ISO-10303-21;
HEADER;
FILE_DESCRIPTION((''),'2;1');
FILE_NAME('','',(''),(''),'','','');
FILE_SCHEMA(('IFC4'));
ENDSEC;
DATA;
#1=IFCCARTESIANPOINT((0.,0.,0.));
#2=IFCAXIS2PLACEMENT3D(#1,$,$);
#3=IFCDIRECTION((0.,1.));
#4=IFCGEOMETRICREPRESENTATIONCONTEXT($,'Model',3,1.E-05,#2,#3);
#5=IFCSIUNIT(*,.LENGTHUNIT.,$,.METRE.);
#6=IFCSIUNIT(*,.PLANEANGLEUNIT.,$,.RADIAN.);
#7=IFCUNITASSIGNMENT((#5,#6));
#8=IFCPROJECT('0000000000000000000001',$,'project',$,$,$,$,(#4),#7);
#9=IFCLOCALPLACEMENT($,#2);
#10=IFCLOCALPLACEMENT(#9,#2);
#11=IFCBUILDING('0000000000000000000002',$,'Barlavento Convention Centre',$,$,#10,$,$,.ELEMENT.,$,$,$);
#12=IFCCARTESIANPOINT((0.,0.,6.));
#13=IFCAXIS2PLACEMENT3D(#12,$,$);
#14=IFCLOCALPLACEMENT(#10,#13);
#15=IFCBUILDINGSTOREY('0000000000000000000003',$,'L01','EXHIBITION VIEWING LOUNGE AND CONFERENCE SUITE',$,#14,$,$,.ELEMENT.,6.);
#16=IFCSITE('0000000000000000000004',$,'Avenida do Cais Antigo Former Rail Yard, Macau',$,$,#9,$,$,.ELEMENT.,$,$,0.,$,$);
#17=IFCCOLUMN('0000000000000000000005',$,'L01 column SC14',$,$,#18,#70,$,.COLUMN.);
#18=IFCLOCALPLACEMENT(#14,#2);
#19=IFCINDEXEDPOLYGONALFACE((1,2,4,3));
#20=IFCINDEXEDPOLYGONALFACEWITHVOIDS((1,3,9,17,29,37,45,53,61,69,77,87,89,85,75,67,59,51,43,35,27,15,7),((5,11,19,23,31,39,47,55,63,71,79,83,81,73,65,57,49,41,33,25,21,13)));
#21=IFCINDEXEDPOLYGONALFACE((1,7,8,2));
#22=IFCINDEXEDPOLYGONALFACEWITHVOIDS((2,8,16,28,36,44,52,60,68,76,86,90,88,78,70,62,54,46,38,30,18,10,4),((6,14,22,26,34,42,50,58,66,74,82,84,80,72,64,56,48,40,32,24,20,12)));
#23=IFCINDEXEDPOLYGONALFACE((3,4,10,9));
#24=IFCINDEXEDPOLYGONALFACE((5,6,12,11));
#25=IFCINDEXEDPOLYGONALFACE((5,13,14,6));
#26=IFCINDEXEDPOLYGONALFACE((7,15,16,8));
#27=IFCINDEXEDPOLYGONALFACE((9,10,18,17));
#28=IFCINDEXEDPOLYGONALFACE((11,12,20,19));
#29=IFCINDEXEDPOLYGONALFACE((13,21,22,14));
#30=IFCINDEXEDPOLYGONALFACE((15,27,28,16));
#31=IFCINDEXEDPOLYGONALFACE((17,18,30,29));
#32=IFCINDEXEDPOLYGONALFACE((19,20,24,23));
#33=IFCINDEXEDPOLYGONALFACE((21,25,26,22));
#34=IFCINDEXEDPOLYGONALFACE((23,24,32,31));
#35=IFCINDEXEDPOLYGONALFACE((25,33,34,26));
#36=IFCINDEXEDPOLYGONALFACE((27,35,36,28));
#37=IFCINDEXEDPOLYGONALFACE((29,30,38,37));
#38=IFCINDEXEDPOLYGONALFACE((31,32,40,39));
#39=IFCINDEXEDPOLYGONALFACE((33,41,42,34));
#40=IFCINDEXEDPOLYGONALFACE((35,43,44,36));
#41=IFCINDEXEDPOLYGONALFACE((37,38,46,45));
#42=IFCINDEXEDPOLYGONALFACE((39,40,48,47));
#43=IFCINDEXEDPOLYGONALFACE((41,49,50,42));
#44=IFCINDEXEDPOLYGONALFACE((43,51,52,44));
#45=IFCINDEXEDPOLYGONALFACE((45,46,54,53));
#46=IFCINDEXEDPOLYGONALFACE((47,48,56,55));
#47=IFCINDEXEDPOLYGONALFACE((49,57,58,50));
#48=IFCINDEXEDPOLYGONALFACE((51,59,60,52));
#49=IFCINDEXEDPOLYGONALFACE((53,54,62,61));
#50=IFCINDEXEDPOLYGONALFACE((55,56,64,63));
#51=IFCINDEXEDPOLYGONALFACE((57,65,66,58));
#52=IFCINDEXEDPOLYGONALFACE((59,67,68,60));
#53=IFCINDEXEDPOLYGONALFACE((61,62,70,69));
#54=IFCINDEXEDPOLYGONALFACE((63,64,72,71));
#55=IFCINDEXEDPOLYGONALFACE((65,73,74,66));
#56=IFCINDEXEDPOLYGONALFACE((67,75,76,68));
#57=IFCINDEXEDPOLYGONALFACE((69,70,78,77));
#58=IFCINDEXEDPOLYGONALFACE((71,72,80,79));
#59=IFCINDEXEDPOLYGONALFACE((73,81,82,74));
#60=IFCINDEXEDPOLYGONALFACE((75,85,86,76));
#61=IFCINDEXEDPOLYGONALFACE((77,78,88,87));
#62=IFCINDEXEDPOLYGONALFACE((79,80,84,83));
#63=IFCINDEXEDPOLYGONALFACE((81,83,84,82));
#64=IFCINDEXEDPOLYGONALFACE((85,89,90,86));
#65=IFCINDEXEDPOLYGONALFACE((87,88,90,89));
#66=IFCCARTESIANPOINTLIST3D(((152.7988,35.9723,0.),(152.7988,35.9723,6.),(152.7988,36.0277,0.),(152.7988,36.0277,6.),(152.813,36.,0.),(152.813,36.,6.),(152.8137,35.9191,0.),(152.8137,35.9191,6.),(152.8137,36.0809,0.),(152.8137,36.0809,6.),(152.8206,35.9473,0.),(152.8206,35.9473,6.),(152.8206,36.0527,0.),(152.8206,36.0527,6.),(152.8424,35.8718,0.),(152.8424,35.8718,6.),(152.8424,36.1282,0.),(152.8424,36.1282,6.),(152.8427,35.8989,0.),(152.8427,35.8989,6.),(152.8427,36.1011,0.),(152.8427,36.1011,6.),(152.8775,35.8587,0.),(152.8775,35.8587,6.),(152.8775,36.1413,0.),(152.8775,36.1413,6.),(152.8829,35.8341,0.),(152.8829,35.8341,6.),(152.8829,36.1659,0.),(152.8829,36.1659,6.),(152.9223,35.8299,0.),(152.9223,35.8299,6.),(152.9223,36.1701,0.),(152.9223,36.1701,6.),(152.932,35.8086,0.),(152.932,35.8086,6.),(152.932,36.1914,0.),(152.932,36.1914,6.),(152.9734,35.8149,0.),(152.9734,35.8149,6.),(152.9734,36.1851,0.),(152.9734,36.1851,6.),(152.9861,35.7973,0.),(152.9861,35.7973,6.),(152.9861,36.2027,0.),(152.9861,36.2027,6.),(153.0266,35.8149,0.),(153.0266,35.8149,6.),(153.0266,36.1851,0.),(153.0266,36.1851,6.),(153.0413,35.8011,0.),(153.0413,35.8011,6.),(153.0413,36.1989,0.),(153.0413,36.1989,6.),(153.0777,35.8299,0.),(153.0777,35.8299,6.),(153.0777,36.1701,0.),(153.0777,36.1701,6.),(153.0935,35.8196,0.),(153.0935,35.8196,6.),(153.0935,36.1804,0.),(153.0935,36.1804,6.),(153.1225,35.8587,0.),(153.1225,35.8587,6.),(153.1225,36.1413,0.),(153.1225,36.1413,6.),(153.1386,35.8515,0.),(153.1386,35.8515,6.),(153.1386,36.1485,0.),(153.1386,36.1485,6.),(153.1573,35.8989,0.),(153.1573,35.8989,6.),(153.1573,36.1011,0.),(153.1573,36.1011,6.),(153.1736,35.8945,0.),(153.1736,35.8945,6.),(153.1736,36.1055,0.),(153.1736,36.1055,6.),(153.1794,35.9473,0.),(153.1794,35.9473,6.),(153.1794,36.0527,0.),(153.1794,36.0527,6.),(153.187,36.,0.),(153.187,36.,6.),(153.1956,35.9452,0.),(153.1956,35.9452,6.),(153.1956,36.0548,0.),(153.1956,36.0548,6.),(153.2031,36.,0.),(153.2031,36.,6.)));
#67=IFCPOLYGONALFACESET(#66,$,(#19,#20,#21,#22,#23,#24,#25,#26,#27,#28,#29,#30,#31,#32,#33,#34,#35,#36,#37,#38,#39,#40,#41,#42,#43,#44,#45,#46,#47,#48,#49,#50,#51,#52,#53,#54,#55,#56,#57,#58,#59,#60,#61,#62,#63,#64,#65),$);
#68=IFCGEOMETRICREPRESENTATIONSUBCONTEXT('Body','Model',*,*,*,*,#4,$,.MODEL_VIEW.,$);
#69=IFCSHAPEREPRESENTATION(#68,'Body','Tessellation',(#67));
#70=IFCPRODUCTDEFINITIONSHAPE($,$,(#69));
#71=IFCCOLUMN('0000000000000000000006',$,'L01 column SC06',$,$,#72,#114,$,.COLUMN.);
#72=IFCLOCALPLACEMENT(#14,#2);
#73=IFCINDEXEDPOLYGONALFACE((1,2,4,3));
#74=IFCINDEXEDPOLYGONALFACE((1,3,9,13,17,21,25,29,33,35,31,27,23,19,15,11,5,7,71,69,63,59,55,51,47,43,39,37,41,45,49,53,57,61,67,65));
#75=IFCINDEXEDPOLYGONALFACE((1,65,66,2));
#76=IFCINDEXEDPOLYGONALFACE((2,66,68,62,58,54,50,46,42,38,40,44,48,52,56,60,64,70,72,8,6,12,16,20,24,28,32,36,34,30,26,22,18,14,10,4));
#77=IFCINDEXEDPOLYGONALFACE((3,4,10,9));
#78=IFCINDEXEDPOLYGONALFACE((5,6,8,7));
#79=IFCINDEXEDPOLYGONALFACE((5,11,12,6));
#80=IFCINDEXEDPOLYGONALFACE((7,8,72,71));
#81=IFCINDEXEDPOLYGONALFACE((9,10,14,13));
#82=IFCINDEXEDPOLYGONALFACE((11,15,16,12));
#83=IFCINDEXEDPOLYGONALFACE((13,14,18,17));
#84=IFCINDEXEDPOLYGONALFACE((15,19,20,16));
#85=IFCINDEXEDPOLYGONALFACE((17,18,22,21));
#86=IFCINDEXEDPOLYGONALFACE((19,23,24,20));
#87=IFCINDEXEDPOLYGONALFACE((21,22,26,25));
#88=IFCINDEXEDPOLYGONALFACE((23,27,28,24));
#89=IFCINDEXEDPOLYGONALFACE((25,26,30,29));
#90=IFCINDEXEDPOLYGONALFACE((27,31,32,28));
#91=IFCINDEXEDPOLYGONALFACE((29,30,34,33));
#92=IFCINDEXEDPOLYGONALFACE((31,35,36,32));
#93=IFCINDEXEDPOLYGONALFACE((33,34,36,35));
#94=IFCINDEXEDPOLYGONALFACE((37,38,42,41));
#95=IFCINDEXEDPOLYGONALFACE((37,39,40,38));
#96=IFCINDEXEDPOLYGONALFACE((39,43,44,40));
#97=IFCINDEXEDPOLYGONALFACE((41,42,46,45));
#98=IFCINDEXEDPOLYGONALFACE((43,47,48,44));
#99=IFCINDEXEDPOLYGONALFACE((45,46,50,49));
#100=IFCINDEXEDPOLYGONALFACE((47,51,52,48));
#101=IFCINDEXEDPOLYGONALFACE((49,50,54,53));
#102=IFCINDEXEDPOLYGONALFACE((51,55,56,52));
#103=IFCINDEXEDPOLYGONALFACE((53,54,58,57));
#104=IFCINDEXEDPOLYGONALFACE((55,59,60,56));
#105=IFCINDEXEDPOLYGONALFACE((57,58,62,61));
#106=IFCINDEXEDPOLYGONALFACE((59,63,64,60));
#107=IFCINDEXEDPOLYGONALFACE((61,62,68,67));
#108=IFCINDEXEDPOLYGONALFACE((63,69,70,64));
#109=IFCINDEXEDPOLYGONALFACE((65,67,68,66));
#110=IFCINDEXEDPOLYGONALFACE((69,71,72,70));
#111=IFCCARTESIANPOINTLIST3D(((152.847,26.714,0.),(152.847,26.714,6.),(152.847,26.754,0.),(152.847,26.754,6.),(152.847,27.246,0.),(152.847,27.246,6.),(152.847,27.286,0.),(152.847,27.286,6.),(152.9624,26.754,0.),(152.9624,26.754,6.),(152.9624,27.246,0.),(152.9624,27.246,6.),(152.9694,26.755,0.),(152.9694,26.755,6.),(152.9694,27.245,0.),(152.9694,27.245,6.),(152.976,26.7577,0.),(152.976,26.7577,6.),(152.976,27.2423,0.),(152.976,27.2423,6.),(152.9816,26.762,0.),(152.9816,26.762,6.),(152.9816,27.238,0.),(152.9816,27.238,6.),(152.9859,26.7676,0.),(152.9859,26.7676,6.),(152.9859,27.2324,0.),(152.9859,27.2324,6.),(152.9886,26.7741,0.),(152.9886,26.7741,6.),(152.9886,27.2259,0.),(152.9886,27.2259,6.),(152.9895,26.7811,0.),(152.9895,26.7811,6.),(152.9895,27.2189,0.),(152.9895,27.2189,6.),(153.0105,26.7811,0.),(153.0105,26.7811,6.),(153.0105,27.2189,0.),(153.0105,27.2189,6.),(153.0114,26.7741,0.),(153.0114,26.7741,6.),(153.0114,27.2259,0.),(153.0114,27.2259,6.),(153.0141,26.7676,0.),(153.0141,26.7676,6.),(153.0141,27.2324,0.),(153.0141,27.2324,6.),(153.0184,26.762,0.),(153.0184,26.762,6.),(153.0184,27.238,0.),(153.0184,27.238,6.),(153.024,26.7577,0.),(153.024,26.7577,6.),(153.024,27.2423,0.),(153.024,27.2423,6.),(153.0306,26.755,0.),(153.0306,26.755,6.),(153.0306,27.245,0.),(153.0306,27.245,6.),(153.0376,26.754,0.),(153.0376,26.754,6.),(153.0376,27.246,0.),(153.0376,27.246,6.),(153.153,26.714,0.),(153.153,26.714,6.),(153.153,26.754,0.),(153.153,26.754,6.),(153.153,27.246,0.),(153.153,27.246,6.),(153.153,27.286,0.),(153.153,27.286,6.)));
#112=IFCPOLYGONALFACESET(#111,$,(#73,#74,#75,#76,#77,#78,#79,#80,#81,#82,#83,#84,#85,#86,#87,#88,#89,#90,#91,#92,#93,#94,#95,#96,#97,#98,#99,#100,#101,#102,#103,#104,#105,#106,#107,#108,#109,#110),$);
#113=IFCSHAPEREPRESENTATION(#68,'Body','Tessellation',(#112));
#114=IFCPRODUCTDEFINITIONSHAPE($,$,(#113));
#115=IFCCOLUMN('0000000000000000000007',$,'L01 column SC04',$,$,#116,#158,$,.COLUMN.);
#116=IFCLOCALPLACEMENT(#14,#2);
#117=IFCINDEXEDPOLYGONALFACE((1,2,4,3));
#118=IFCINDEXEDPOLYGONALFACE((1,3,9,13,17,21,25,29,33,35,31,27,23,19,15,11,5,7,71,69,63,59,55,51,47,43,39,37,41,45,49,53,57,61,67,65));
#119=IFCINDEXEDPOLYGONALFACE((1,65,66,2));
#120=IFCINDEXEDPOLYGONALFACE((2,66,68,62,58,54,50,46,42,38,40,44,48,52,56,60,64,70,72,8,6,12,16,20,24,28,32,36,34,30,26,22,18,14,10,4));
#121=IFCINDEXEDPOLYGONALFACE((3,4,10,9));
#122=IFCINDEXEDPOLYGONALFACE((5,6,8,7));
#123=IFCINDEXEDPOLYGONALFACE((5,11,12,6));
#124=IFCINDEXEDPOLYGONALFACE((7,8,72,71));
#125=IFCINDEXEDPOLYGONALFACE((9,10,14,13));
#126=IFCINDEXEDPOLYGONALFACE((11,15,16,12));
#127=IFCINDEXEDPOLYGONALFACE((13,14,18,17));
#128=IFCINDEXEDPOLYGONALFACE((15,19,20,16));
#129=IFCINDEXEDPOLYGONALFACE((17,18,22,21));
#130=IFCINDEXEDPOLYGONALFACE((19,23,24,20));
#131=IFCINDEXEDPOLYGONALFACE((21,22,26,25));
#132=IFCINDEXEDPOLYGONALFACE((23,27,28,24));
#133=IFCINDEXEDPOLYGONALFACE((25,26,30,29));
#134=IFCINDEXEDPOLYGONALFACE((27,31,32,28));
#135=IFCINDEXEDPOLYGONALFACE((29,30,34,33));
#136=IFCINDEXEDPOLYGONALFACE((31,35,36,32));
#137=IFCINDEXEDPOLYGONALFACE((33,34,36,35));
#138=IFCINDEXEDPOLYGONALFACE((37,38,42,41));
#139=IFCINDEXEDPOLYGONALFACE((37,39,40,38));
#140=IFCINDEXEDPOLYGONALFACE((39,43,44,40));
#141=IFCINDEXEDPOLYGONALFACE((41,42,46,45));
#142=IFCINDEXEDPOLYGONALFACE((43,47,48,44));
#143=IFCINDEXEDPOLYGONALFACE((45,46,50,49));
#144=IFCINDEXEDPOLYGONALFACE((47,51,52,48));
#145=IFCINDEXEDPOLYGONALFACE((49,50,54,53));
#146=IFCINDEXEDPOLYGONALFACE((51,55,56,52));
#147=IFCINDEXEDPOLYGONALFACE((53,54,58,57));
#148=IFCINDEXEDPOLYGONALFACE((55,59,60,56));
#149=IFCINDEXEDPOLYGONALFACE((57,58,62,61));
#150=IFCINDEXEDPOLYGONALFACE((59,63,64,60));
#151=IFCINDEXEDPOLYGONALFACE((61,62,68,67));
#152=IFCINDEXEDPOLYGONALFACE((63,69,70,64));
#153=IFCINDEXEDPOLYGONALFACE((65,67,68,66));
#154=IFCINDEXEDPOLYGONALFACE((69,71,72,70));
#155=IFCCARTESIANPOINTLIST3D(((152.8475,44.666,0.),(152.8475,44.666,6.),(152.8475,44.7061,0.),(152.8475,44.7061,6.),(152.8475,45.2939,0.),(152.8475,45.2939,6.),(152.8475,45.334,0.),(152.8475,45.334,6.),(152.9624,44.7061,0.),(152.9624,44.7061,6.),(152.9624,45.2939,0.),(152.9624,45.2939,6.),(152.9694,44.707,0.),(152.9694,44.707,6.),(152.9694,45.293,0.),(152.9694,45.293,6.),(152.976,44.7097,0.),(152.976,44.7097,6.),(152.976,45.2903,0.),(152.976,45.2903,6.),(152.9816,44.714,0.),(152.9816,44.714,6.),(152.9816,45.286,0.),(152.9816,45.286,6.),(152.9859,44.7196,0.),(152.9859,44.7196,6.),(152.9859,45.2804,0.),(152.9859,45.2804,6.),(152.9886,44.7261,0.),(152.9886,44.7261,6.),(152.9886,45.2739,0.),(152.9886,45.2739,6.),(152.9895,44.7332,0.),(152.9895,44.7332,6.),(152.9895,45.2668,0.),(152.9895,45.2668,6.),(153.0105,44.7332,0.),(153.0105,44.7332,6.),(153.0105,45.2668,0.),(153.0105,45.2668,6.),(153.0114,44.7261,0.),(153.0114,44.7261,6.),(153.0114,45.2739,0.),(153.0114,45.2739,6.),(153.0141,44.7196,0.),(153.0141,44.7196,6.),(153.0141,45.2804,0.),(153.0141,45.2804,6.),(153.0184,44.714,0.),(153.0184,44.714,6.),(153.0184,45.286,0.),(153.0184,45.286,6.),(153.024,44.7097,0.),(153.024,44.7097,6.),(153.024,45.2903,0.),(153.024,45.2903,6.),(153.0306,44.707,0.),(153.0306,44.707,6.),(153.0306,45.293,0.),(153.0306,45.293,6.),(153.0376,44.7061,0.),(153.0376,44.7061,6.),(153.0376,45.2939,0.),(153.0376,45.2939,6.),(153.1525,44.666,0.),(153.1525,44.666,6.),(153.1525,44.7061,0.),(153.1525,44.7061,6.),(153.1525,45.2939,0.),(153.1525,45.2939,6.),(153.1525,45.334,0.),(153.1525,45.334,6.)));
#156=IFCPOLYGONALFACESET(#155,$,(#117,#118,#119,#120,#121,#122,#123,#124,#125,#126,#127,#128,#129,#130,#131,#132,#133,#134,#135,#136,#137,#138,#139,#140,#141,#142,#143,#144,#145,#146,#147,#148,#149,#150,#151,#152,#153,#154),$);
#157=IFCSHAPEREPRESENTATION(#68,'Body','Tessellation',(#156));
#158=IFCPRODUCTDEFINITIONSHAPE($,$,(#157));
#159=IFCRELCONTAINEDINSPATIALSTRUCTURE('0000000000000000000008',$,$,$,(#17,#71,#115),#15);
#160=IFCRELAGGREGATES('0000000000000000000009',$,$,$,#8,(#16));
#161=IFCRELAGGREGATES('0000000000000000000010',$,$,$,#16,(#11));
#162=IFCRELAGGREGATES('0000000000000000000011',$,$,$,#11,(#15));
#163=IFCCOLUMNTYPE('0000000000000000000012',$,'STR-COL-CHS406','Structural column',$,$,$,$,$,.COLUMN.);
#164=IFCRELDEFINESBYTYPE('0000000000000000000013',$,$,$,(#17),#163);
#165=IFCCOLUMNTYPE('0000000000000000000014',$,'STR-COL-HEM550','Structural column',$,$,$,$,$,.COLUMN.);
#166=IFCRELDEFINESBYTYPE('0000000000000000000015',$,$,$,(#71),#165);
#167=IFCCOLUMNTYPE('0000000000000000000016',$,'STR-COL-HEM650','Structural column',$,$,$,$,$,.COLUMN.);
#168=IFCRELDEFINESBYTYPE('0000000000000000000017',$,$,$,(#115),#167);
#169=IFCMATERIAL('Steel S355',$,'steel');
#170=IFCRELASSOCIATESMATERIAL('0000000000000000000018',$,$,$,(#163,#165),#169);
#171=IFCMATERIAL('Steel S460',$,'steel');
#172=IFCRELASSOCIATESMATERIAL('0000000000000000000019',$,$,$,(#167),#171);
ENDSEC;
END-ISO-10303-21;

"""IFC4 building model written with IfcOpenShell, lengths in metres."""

from ifc_helpers import new_model, si_unit, direction, frame, origin, origin_2d, place, context, subcontext, project, spatial, hollow_circle, i_section, extrude, material, material_profile, profile_set, type_object, element, save


model = new_model("IFC4")

# Units and contexts
model_context = context("Model", 3, precision=1e-05, world=origin(), true_north=direction((0.0, 1.0)))
body_context = subcontext(model_context, "Body", "Model", "MODEL_VIEW")
ifc_project = project(units=[si_unit("LENGTHUNIT", "METRE"), si_unit("PLANEANGLEUNIT", "RADIAN")], contexts=[model_context])

# Site, building, storey
site_placement = place(None, origin())
site = spatial("IfcSite", under=ifc_project, at=site_placement, Name="Avenida do Cais Antigo Former Rail Yard, Macau", CompositionType="ELEMENT", RefElevation=0.0)
building_placement = place(site_placement, origin())
building = spatial("IfcBuilding", under=site, at=building_placement, Name="Barlavento Convention Centre", CompositionType="ELEMENT")
storey_placement = place(building_placement, frame((0.0, 0.0, 6.0)))
storey = spatial("IfcBuildingStorey", under=building, at=storey_placement, Name="L01", Description="EXHIBITION VIEWING LOUNGE AND CONFERENCE SUITE", CompositionType="ELEMENT", Elevation=6.0)

# Columns
ifc_material_1 = material(Name="Steel S355", Category="steel")
ifc_material_profile_1 = material_profile(ifc_material_1, hollow_circle(Radius=0.2031, WallThickness=0.0161, at=origin_2d()), Name="CHS 406.4x16.0")
ifc_profile_set_1 = profile_set([ifc_material_profile_1], Name="Steel S355")
column_type_1 = type_object("IfcColumnType", Name="STR-COL-CHS406", Description="Structural column", PredefinedType="COLUMN", material=ifc_profile_set_1)
column_1_placement = place(storey_placement, frame((153.0, 36.0, 0.0), z_axis=(0.0, 0.0, 1.0), x_axis=(1.0, 0.0, 0.0)))
element("IfcColumn", 1, at=column_1_placement, inside=storey, type_object=column_type_1, Name="L01 column SC14", PredefinedType="COLUMN", context=body_context, shape_type="SweptSolid", body=[
    extrude(hollow_circle(Radius=0.2031, WallThickness=0.0161, at=origin_2d()), origin(), (0.0, 0.0, 1.0), 6.0),
])
ifc_material_profile_2 = material_profile(ifc_material_1, i_section(OverallWidth=0.3059, OverallDepth=0.572, WebThickness=0.021, FlangeThickness=0.04, FilletRadius=0.0271, at=origin_2d()), Name="HEM 550")
ifc_profile_set_2 = profile_set([ifc_material_profile_2], Name="Steel S355")
column_type_2 = type_object("IfcColumnType", Name="STR-COL-HEM550", Description="Structural column", PredefinedType="COLUMN", material=ifc_profile_set_2)
column_2_placement = place(storey_placement, frame((153.0, 27.0, 0.0), z_axis=(0.0, 0.0, 1.0), x_axis=(1.0, 0.0, 0.0)))
element("IfcColumn", 2, at=column_2_placement, inside=storey, type_object=column_type_2, Name="L01 column SC06", PredefinedType="COLUMN", context=body_context, shape_type="SweptSolid", body=[
    extrude(i_section(OverallWidth=0.3059, OverallDepth=0.572, WebThickness=0.021, FlangeThickness=0.04, FilletRadius=0.0271, at=origin_2d()), origin(), (0.0, 0.0, 1.0), 6.0),
])
ifc_material_2 = material(Name="Steel S460", Category="steel")
ifc_material_profile_3 = material_profile(ifc_material_2, i_section(OverallWidth=0.3049, OverallDepth=0.668, WebThickness=0.021, FlangeThickness=0.04, FilletRadius=0.0271, at=origin_2d()), Name="HEM 650")
ifc_profile_set_3 = profile_set([ifc_material_profile_3], Name="Steel S460")
column_type_3 = type_object("IfcColumnType", Name="STR-COL-HEM650", Description="Structural column", PredefinedType="COLUMN", material=ifc_profile_set_3)
column_3_placement = place(storey_placement, frame((153.0, 45.0, 0.0), z_axis=(0.0, 0.0, 1.0), x_axis=(1.0, 0.0, 0.0)))
element("IfcColumn", 3, at=column_3_placement, inside=storey, type_object=column_type_3, Name="L01 column SC04", PredefinedType="COLUMN", context=body_context, shape_type="SweptSolid", body=[
    extrude(i_section(OverallWidth=0.3049, OverallDepth=0.668, WebThickness=0.021, FlangeThickness=0.04, FilletRadius=0.0271, at=origin_2d()), origin(), (0.0, 0.0, 1.0), 6.0),
])

save(model, "model.ifc")
